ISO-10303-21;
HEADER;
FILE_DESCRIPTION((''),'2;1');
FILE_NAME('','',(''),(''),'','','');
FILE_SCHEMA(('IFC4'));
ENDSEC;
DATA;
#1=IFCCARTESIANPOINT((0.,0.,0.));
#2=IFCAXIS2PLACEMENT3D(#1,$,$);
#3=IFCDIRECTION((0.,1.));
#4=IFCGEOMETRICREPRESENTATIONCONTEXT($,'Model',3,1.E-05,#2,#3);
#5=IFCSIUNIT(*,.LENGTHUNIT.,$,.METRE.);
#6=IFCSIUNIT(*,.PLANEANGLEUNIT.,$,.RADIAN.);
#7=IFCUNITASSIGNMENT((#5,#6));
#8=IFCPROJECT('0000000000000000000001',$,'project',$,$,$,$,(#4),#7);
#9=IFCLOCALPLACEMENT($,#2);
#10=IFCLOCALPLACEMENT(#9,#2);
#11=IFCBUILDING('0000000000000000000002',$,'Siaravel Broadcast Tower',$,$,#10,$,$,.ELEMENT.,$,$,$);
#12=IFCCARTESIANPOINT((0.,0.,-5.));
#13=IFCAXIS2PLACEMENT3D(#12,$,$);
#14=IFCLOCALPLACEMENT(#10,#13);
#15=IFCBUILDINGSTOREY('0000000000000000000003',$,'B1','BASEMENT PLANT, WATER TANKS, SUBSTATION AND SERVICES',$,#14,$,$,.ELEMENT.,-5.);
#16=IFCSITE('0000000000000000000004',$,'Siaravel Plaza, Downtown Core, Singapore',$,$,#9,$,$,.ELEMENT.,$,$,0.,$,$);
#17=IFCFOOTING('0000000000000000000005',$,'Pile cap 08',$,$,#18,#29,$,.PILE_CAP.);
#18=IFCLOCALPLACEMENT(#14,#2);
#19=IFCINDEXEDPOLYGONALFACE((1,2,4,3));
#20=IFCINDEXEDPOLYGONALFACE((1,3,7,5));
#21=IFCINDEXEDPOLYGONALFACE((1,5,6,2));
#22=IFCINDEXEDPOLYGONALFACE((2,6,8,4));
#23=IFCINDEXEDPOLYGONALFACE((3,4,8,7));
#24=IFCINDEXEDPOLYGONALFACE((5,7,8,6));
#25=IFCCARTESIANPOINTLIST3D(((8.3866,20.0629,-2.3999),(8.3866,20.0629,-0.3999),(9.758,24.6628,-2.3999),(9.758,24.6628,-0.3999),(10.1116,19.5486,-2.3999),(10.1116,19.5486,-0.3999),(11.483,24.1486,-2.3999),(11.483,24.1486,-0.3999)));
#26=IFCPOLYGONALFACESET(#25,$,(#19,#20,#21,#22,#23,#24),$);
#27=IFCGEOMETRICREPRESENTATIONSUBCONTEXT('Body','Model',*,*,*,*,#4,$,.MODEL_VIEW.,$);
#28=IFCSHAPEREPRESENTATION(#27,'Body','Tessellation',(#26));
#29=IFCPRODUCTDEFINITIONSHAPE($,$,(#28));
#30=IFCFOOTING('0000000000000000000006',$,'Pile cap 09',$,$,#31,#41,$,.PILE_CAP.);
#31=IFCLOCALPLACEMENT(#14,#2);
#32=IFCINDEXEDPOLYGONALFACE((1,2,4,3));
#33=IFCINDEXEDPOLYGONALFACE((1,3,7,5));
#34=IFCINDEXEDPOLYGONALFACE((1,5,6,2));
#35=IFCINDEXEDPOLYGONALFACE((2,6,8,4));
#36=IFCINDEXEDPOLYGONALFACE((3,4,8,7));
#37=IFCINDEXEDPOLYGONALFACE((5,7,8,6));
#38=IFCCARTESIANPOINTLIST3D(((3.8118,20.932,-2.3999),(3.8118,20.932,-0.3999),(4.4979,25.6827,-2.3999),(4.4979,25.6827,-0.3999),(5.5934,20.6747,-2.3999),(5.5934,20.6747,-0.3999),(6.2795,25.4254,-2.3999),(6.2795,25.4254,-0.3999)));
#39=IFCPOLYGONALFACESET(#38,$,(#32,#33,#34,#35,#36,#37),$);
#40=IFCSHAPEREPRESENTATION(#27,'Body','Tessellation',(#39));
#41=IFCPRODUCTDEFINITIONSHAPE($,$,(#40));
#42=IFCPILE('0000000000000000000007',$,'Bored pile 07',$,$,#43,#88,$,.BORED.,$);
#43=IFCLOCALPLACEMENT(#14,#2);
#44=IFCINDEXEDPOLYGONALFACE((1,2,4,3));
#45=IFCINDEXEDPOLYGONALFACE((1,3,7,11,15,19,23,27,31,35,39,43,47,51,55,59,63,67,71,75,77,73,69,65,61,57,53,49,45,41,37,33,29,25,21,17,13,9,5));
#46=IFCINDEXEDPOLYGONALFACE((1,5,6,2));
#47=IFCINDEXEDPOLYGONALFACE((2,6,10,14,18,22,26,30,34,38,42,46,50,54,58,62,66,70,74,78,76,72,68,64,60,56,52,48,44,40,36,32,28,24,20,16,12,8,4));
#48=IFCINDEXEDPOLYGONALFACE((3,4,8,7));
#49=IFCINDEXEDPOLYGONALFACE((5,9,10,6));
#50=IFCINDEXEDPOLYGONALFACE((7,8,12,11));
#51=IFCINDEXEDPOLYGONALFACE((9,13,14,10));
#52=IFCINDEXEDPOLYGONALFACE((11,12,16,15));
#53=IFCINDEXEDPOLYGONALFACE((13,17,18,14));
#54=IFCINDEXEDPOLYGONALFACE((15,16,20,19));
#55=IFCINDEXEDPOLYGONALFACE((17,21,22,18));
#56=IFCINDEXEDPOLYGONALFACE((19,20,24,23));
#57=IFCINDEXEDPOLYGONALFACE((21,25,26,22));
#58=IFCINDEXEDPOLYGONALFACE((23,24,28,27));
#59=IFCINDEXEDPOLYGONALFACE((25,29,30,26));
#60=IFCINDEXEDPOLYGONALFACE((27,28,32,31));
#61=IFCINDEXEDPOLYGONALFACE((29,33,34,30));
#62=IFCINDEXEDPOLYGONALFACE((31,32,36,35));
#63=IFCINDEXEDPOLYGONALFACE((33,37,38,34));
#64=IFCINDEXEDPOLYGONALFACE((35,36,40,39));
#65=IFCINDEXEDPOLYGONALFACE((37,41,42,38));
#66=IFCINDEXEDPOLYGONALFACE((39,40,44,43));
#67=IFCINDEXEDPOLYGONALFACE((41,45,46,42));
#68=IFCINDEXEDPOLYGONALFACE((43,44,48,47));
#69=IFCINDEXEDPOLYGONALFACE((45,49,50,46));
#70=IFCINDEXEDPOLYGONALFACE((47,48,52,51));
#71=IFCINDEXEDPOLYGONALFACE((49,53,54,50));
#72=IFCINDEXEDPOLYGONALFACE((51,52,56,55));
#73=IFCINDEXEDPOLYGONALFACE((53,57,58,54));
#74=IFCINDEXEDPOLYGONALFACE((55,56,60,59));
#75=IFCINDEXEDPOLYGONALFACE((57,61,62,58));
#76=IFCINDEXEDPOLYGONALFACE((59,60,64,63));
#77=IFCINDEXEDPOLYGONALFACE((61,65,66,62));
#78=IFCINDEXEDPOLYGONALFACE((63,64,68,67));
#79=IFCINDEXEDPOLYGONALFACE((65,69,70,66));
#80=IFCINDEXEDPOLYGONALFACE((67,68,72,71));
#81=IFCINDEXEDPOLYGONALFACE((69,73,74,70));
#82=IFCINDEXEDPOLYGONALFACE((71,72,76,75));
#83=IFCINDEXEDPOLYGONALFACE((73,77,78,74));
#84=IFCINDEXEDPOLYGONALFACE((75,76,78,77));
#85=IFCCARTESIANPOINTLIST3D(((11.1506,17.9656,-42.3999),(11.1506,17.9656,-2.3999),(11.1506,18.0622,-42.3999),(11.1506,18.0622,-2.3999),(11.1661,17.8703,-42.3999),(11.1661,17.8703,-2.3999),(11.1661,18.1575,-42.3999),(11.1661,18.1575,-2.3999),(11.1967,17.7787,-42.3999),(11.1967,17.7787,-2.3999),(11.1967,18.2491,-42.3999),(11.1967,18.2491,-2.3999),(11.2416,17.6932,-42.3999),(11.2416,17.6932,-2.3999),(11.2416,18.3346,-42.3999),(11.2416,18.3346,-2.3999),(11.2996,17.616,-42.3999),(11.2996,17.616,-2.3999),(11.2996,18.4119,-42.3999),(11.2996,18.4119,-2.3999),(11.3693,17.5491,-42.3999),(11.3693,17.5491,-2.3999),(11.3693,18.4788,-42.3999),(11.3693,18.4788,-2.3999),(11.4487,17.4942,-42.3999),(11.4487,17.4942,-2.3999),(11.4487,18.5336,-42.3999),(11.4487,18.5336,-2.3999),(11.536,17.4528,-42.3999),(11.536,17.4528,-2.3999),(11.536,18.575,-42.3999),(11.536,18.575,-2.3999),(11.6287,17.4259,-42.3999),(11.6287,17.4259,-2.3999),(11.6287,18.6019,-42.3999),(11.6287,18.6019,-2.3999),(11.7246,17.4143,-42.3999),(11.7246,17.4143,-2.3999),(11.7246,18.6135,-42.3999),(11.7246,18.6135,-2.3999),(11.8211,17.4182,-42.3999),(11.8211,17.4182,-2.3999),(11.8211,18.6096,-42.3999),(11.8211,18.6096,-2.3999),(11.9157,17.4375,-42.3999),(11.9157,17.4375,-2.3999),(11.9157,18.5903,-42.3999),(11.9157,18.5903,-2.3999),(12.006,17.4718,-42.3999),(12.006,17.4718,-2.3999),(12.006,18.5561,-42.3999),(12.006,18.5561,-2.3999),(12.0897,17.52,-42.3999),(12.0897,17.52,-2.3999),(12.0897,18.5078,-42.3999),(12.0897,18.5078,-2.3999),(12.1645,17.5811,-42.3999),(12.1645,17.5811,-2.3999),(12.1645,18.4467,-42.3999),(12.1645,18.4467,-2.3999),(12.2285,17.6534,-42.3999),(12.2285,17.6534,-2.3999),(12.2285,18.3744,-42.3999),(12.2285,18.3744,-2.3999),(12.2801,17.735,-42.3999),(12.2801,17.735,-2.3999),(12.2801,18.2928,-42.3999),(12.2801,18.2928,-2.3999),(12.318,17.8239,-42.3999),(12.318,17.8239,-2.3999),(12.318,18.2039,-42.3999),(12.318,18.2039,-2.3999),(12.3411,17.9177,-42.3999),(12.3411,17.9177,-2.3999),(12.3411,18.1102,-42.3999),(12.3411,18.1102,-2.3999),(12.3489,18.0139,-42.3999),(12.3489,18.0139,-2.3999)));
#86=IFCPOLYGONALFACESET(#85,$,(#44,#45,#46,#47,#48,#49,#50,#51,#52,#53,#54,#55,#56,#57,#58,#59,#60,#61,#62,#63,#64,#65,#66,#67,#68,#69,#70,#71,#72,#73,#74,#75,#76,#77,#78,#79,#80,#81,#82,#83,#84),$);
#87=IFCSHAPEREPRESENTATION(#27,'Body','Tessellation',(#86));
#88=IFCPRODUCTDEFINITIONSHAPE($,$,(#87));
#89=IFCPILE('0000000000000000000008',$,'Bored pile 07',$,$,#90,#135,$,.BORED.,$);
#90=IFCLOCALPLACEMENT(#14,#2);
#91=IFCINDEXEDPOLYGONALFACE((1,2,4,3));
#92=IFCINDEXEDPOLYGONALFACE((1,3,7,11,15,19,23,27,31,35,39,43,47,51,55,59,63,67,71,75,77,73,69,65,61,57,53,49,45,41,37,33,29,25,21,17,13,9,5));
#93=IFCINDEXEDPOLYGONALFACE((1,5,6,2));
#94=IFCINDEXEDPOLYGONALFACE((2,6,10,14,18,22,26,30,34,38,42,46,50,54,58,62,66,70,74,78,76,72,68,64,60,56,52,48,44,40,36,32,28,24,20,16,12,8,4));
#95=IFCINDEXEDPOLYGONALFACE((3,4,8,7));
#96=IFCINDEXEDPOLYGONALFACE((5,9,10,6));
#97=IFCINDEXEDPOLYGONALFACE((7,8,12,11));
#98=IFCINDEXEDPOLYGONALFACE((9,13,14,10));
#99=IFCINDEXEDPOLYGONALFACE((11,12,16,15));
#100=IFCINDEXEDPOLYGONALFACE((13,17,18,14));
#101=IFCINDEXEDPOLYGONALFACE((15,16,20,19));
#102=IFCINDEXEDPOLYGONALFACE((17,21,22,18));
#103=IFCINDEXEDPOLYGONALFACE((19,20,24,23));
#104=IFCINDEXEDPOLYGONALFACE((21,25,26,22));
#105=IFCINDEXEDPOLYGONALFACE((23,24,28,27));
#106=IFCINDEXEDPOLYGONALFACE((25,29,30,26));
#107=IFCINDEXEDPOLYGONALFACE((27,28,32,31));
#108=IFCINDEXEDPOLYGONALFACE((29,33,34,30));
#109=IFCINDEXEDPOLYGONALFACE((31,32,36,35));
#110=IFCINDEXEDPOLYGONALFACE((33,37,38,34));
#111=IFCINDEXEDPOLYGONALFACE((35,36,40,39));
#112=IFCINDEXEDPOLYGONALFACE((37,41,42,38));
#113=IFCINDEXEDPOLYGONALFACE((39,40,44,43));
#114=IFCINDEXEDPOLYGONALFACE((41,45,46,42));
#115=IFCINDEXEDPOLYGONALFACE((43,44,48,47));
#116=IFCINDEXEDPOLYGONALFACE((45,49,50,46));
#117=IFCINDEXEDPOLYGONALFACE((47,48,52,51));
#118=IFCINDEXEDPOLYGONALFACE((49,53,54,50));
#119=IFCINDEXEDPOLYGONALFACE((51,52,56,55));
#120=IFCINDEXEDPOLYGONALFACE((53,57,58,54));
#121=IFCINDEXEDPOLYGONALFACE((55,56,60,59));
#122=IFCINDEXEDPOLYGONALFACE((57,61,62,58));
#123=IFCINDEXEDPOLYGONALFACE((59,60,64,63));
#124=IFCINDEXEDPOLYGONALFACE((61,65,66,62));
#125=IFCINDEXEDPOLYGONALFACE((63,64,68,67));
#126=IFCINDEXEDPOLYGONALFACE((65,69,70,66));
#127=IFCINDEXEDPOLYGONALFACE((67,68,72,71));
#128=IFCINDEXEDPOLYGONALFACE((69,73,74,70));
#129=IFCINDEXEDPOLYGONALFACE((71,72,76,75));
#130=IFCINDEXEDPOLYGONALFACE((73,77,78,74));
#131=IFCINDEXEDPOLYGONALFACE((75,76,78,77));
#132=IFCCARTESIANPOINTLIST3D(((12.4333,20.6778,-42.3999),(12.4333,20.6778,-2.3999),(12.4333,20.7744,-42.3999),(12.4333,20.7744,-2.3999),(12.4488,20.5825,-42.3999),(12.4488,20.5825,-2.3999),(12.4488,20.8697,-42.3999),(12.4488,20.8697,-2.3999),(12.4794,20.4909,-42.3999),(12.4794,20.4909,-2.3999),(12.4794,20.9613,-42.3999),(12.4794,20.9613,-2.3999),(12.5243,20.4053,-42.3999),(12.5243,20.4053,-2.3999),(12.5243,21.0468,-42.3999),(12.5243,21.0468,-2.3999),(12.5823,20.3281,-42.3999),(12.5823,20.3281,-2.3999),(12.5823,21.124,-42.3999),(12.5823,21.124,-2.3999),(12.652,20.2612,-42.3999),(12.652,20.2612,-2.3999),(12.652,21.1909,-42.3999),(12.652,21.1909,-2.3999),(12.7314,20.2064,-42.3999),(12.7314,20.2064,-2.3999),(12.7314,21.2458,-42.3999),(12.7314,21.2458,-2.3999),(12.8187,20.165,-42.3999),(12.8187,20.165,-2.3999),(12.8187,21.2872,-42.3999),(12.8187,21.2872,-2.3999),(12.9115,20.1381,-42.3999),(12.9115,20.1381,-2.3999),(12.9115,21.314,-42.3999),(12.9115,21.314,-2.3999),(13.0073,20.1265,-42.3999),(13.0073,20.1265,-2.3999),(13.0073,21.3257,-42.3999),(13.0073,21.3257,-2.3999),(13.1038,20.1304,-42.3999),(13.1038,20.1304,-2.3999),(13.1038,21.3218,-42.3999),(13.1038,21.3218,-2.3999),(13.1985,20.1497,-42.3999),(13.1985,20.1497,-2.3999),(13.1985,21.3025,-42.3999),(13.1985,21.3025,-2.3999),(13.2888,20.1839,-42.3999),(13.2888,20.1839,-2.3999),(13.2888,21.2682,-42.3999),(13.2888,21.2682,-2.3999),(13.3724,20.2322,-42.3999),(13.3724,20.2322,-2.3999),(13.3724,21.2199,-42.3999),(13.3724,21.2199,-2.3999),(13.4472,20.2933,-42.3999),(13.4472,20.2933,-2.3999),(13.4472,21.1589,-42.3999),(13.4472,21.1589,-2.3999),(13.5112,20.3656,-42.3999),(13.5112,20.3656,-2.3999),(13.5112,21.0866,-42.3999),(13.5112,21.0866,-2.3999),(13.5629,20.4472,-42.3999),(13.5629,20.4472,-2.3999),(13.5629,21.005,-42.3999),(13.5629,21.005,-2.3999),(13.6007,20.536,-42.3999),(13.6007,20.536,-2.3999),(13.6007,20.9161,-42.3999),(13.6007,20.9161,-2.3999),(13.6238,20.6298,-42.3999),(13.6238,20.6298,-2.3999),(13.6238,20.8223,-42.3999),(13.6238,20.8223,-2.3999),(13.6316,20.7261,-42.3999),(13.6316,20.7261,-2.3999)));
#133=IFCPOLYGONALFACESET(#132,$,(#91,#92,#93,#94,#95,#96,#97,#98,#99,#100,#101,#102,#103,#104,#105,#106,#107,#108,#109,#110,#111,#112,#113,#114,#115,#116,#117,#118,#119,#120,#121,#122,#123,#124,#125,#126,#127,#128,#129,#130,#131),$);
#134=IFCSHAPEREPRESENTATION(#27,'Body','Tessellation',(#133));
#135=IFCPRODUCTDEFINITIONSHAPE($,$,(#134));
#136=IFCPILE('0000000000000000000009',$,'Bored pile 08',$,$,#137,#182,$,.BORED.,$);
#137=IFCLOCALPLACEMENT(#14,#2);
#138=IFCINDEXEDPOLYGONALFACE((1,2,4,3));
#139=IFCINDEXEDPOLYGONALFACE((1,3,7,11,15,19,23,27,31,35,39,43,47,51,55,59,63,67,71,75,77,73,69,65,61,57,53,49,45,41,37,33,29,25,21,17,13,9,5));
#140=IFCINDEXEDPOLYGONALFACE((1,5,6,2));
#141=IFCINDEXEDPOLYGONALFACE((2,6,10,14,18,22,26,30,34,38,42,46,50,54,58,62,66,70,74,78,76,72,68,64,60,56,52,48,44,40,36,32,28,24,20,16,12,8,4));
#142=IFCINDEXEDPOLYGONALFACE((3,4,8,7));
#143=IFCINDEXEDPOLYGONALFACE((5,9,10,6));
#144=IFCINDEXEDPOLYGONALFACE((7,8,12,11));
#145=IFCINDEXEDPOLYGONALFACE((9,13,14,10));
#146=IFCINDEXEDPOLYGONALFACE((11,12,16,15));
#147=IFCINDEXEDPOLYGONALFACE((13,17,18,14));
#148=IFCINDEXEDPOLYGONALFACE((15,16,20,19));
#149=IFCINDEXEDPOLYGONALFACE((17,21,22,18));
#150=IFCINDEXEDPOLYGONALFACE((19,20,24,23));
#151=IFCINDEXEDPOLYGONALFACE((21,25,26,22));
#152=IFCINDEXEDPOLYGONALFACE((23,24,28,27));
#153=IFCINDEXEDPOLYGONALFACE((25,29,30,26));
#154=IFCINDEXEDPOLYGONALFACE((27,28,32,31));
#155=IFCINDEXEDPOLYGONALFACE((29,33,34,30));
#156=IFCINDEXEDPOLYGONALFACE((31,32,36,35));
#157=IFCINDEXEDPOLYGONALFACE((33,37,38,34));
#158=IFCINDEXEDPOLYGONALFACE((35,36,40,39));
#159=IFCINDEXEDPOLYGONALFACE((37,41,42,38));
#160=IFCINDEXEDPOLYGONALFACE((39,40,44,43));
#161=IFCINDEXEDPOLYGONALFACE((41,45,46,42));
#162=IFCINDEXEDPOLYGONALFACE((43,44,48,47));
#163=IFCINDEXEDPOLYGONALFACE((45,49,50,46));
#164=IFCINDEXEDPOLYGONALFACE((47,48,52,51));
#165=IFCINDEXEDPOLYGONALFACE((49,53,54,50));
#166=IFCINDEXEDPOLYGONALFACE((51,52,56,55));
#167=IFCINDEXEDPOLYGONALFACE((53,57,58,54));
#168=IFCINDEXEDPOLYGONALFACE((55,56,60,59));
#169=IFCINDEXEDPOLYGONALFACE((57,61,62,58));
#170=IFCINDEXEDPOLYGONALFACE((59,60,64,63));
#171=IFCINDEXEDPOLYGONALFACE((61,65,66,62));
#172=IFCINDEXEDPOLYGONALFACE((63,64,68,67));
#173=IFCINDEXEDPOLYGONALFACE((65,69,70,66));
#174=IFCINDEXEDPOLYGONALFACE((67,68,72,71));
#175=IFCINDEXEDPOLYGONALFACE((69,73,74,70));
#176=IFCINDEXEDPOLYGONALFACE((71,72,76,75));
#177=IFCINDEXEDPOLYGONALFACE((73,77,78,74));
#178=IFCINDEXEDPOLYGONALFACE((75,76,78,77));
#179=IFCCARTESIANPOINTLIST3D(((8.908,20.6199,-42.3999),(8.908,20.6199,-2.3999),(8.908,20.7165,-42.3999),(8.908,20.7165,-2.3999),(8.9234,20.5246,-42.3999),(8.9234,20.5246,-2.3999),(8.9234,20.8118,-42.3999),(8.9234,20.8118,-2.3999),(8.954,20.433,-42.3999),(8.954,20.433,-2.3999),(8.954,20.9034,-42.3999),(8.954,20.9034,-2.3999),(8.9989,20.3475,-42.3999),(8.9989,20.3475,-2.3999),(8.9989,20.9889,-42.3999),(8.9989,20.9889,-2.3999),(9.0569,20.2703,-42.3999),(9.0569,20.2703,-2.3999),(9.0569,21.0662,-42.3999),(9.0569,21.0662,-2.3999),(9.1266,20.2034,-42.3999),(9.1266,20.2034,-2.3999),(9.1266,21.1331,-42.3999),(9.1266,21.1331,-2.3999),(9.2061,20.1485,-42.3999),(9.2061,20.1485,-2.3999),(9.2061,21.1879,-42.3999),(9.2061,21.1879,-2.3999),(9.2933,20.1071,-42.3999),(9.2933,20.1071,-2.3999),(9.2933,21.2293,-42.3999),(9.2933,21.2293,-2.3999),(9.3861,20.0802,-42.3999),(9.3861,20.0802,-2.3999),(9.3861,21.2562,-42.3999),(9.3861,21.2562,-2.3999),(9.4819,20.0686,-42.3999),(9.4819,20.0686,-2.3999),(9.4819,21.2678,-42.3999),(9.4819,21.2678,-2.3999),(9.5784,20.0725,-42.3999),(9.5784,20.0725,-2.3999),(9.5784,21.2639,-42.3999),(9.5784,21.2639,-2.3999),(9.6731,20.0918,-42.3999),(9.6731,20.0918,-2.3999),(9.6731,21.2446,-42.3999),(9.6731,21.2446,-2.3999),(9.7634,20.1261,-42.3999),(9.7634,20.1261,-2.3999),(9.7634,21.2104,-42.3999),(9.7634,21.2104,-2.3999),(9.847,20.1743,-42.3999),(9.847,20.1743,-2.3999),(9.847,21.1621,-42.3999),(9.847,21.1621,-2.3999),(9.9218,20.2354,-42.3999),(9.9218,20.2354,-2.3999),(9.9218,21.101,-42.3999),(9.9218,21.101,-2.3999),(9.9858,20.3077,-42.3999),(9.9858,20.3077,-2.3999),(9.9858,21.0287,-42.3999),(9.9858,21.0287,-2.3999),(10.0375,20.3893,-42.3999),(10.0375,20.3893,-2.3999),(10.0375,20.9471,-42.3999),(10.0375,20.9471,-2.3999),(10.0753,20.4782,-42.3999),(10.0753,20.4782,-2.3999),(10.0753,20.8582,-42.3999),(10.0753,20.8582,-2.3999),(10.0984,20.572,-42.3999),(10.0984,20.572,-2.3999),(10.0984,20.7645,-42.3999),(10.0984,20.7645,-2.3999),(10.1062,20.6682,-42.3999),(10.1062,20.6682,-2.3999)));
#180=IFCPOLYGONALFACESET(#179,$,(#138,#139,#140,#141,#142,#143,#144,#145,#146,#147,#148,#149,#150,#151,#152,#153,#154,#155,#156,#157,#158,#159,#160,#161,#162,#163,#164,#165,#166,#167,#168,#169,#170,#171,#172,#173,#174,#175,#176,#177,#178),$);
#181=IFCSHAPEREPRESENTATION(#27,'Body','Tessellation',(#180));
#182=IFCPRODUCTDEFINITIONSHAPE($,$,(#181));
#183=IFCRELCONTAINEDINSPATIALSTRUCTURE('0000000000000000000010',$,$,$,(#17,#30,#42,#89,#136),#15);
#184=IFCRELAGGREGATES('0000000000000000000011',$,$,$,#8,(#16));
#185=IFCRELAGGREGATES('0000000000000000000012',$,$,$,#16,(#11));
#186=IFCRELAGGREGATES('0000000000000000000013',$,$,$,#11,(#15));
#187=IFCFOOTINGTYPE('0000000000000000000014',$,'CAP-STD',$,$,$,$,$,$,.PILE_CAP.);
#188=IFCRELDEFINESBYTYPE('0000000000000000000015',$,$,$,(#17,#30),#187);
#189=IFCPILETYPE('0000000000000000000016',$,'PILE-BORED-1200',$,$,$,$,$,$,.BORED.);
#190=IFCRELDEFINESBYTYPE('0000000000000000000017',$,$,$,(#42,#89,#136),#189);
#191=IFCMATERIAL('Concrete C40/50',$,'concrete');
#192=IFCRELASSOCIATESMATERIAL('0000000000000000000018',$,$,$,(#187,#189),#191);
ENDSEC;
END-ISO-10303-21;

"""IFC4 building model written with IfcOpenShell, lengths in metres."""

from ifc_helpers import new_model, si_unit, direction, frame, origin, origin_2d, place, context, subcontext, project, spatial, rectangle, circle, extrude, material, material_profile, profile_set, type_object, element, save


model = new_model("IFC4")

# Units and contexts
model_context = context("Model", 3, precision=1e-05, world=origin(), true_north=direction((0.0, 1.0)))
body_context = subcontext(model_context, "Body", "Model", "MODEL_VIEW")
ifc_project = project(units=[si_unit("LENGTHUNIT", "METRE"), si_unit("PLANEANGLEUNIT", "RADIAN")], contexts=[model_context])

# Site, building, storey
site_placement = place(None, origin())
site = spatial("IfcSite", under=ifc_project, at=site_placement, Name="Siaravel Plaza, Downtown Core, Singapore", CompositionType="ELEMENT", RefElevation=0.0)
building_placement = place(site_placement, origin())
building = spatial("IfcBuilding", under=site, at=building_placement, Name="Siaravel Broadcast Tower", CompositionType="ELEMENT")
storey_placement = place(building_placement, frame((0.0, 0.0, -5.0)))
storey = spatial("IfcBuildingStorey", under=building, at=storey_placement, Name="B1", Description="BASEMENT PLANT, WATER TANKS, SUBSTATION AND SERVICES", CompositionType="ELEMENT", Elevation=-5.0)

# Footings
ifc_material_1 = material(Name="Concrete C40/50", Category="concrete")
footing_type = type_object("IfcFootingType", Name="CAP-STD", PredefinedType="PILE_CAP", material=ifc_material_1)
for number, where, z_axis, x_axis, name in (
    (1, (9.9348, 22.1057, -2.3999), (0.0, 0.0, 1.0), (0.285705, 0.958318, 0.0), "Pile cap 08"),
    (2, (5.0457, 23.1787, -2.3999), (0.0, 0.0, 1.0), (0.14294, 0.989731, 0.0), "Pile cap 09"),
):
    element("IfcFooting", number, at=place(storey_placement, frame(where, z_axis=z_axis, x_axis=x_axis)), inside=storey, type_object=footing_type, Name=name, PredefinedType="PILE_CAP", context=body_context, shape_type="SweptSolid", body=[
        extrude(rectangle(XDim=4.8, YDim=1.8, at=origin_2d()), origin(), (0.0, 0.0, 1.0), 2.0),
    ])

# Piles
ifc_material_profile_1 = material_profile(ifc_material_1, circle(Radius=0.6001, at=origin_2d()))
ifc_profile_set_1 = profile_set([ifc_material_profile_1], Name="Concrete C40/50")
pile_type_1 = type_object("IfcPileType", Name="PILE-BORED-1200", PredefinedType="BORED", material=ifc_profile_set_1)
for number, where, z_axis, x_axis, name in (
    (3, (11.7488, 18.0139, -2.3999), (0.0, 0.0, -1.0), (1.0, 0.0, 0.0), "Bored pile 07"),
    (4, (13.0315, 20.7261, -2.3999), (0.0, 0.0, -1.0), (1.0, 0.0, 0.0), "Bored pile 07"),
    (5, (9.5061, 20.6682, -2.3999), (0.0, 0.0, -1.0), (1.0, 0.0, 0.0), "Bored pile 08"),
):
    element("IfcPile", number, at=place(storey_placement, frame(where, z_axis=z_axis, x_axis=x_axis)), inside=storey, type_object=pile_type_1, Name=name, PredefinedType="BORED", context=body_context, shape_type="SweptSolid", body=[
        extrude(circle(Radius=0.6001, at=origin_2d()), origin(), (0.0, 0.0, 1.0), 40.0),
    ])

save(model, "model.ifc")
